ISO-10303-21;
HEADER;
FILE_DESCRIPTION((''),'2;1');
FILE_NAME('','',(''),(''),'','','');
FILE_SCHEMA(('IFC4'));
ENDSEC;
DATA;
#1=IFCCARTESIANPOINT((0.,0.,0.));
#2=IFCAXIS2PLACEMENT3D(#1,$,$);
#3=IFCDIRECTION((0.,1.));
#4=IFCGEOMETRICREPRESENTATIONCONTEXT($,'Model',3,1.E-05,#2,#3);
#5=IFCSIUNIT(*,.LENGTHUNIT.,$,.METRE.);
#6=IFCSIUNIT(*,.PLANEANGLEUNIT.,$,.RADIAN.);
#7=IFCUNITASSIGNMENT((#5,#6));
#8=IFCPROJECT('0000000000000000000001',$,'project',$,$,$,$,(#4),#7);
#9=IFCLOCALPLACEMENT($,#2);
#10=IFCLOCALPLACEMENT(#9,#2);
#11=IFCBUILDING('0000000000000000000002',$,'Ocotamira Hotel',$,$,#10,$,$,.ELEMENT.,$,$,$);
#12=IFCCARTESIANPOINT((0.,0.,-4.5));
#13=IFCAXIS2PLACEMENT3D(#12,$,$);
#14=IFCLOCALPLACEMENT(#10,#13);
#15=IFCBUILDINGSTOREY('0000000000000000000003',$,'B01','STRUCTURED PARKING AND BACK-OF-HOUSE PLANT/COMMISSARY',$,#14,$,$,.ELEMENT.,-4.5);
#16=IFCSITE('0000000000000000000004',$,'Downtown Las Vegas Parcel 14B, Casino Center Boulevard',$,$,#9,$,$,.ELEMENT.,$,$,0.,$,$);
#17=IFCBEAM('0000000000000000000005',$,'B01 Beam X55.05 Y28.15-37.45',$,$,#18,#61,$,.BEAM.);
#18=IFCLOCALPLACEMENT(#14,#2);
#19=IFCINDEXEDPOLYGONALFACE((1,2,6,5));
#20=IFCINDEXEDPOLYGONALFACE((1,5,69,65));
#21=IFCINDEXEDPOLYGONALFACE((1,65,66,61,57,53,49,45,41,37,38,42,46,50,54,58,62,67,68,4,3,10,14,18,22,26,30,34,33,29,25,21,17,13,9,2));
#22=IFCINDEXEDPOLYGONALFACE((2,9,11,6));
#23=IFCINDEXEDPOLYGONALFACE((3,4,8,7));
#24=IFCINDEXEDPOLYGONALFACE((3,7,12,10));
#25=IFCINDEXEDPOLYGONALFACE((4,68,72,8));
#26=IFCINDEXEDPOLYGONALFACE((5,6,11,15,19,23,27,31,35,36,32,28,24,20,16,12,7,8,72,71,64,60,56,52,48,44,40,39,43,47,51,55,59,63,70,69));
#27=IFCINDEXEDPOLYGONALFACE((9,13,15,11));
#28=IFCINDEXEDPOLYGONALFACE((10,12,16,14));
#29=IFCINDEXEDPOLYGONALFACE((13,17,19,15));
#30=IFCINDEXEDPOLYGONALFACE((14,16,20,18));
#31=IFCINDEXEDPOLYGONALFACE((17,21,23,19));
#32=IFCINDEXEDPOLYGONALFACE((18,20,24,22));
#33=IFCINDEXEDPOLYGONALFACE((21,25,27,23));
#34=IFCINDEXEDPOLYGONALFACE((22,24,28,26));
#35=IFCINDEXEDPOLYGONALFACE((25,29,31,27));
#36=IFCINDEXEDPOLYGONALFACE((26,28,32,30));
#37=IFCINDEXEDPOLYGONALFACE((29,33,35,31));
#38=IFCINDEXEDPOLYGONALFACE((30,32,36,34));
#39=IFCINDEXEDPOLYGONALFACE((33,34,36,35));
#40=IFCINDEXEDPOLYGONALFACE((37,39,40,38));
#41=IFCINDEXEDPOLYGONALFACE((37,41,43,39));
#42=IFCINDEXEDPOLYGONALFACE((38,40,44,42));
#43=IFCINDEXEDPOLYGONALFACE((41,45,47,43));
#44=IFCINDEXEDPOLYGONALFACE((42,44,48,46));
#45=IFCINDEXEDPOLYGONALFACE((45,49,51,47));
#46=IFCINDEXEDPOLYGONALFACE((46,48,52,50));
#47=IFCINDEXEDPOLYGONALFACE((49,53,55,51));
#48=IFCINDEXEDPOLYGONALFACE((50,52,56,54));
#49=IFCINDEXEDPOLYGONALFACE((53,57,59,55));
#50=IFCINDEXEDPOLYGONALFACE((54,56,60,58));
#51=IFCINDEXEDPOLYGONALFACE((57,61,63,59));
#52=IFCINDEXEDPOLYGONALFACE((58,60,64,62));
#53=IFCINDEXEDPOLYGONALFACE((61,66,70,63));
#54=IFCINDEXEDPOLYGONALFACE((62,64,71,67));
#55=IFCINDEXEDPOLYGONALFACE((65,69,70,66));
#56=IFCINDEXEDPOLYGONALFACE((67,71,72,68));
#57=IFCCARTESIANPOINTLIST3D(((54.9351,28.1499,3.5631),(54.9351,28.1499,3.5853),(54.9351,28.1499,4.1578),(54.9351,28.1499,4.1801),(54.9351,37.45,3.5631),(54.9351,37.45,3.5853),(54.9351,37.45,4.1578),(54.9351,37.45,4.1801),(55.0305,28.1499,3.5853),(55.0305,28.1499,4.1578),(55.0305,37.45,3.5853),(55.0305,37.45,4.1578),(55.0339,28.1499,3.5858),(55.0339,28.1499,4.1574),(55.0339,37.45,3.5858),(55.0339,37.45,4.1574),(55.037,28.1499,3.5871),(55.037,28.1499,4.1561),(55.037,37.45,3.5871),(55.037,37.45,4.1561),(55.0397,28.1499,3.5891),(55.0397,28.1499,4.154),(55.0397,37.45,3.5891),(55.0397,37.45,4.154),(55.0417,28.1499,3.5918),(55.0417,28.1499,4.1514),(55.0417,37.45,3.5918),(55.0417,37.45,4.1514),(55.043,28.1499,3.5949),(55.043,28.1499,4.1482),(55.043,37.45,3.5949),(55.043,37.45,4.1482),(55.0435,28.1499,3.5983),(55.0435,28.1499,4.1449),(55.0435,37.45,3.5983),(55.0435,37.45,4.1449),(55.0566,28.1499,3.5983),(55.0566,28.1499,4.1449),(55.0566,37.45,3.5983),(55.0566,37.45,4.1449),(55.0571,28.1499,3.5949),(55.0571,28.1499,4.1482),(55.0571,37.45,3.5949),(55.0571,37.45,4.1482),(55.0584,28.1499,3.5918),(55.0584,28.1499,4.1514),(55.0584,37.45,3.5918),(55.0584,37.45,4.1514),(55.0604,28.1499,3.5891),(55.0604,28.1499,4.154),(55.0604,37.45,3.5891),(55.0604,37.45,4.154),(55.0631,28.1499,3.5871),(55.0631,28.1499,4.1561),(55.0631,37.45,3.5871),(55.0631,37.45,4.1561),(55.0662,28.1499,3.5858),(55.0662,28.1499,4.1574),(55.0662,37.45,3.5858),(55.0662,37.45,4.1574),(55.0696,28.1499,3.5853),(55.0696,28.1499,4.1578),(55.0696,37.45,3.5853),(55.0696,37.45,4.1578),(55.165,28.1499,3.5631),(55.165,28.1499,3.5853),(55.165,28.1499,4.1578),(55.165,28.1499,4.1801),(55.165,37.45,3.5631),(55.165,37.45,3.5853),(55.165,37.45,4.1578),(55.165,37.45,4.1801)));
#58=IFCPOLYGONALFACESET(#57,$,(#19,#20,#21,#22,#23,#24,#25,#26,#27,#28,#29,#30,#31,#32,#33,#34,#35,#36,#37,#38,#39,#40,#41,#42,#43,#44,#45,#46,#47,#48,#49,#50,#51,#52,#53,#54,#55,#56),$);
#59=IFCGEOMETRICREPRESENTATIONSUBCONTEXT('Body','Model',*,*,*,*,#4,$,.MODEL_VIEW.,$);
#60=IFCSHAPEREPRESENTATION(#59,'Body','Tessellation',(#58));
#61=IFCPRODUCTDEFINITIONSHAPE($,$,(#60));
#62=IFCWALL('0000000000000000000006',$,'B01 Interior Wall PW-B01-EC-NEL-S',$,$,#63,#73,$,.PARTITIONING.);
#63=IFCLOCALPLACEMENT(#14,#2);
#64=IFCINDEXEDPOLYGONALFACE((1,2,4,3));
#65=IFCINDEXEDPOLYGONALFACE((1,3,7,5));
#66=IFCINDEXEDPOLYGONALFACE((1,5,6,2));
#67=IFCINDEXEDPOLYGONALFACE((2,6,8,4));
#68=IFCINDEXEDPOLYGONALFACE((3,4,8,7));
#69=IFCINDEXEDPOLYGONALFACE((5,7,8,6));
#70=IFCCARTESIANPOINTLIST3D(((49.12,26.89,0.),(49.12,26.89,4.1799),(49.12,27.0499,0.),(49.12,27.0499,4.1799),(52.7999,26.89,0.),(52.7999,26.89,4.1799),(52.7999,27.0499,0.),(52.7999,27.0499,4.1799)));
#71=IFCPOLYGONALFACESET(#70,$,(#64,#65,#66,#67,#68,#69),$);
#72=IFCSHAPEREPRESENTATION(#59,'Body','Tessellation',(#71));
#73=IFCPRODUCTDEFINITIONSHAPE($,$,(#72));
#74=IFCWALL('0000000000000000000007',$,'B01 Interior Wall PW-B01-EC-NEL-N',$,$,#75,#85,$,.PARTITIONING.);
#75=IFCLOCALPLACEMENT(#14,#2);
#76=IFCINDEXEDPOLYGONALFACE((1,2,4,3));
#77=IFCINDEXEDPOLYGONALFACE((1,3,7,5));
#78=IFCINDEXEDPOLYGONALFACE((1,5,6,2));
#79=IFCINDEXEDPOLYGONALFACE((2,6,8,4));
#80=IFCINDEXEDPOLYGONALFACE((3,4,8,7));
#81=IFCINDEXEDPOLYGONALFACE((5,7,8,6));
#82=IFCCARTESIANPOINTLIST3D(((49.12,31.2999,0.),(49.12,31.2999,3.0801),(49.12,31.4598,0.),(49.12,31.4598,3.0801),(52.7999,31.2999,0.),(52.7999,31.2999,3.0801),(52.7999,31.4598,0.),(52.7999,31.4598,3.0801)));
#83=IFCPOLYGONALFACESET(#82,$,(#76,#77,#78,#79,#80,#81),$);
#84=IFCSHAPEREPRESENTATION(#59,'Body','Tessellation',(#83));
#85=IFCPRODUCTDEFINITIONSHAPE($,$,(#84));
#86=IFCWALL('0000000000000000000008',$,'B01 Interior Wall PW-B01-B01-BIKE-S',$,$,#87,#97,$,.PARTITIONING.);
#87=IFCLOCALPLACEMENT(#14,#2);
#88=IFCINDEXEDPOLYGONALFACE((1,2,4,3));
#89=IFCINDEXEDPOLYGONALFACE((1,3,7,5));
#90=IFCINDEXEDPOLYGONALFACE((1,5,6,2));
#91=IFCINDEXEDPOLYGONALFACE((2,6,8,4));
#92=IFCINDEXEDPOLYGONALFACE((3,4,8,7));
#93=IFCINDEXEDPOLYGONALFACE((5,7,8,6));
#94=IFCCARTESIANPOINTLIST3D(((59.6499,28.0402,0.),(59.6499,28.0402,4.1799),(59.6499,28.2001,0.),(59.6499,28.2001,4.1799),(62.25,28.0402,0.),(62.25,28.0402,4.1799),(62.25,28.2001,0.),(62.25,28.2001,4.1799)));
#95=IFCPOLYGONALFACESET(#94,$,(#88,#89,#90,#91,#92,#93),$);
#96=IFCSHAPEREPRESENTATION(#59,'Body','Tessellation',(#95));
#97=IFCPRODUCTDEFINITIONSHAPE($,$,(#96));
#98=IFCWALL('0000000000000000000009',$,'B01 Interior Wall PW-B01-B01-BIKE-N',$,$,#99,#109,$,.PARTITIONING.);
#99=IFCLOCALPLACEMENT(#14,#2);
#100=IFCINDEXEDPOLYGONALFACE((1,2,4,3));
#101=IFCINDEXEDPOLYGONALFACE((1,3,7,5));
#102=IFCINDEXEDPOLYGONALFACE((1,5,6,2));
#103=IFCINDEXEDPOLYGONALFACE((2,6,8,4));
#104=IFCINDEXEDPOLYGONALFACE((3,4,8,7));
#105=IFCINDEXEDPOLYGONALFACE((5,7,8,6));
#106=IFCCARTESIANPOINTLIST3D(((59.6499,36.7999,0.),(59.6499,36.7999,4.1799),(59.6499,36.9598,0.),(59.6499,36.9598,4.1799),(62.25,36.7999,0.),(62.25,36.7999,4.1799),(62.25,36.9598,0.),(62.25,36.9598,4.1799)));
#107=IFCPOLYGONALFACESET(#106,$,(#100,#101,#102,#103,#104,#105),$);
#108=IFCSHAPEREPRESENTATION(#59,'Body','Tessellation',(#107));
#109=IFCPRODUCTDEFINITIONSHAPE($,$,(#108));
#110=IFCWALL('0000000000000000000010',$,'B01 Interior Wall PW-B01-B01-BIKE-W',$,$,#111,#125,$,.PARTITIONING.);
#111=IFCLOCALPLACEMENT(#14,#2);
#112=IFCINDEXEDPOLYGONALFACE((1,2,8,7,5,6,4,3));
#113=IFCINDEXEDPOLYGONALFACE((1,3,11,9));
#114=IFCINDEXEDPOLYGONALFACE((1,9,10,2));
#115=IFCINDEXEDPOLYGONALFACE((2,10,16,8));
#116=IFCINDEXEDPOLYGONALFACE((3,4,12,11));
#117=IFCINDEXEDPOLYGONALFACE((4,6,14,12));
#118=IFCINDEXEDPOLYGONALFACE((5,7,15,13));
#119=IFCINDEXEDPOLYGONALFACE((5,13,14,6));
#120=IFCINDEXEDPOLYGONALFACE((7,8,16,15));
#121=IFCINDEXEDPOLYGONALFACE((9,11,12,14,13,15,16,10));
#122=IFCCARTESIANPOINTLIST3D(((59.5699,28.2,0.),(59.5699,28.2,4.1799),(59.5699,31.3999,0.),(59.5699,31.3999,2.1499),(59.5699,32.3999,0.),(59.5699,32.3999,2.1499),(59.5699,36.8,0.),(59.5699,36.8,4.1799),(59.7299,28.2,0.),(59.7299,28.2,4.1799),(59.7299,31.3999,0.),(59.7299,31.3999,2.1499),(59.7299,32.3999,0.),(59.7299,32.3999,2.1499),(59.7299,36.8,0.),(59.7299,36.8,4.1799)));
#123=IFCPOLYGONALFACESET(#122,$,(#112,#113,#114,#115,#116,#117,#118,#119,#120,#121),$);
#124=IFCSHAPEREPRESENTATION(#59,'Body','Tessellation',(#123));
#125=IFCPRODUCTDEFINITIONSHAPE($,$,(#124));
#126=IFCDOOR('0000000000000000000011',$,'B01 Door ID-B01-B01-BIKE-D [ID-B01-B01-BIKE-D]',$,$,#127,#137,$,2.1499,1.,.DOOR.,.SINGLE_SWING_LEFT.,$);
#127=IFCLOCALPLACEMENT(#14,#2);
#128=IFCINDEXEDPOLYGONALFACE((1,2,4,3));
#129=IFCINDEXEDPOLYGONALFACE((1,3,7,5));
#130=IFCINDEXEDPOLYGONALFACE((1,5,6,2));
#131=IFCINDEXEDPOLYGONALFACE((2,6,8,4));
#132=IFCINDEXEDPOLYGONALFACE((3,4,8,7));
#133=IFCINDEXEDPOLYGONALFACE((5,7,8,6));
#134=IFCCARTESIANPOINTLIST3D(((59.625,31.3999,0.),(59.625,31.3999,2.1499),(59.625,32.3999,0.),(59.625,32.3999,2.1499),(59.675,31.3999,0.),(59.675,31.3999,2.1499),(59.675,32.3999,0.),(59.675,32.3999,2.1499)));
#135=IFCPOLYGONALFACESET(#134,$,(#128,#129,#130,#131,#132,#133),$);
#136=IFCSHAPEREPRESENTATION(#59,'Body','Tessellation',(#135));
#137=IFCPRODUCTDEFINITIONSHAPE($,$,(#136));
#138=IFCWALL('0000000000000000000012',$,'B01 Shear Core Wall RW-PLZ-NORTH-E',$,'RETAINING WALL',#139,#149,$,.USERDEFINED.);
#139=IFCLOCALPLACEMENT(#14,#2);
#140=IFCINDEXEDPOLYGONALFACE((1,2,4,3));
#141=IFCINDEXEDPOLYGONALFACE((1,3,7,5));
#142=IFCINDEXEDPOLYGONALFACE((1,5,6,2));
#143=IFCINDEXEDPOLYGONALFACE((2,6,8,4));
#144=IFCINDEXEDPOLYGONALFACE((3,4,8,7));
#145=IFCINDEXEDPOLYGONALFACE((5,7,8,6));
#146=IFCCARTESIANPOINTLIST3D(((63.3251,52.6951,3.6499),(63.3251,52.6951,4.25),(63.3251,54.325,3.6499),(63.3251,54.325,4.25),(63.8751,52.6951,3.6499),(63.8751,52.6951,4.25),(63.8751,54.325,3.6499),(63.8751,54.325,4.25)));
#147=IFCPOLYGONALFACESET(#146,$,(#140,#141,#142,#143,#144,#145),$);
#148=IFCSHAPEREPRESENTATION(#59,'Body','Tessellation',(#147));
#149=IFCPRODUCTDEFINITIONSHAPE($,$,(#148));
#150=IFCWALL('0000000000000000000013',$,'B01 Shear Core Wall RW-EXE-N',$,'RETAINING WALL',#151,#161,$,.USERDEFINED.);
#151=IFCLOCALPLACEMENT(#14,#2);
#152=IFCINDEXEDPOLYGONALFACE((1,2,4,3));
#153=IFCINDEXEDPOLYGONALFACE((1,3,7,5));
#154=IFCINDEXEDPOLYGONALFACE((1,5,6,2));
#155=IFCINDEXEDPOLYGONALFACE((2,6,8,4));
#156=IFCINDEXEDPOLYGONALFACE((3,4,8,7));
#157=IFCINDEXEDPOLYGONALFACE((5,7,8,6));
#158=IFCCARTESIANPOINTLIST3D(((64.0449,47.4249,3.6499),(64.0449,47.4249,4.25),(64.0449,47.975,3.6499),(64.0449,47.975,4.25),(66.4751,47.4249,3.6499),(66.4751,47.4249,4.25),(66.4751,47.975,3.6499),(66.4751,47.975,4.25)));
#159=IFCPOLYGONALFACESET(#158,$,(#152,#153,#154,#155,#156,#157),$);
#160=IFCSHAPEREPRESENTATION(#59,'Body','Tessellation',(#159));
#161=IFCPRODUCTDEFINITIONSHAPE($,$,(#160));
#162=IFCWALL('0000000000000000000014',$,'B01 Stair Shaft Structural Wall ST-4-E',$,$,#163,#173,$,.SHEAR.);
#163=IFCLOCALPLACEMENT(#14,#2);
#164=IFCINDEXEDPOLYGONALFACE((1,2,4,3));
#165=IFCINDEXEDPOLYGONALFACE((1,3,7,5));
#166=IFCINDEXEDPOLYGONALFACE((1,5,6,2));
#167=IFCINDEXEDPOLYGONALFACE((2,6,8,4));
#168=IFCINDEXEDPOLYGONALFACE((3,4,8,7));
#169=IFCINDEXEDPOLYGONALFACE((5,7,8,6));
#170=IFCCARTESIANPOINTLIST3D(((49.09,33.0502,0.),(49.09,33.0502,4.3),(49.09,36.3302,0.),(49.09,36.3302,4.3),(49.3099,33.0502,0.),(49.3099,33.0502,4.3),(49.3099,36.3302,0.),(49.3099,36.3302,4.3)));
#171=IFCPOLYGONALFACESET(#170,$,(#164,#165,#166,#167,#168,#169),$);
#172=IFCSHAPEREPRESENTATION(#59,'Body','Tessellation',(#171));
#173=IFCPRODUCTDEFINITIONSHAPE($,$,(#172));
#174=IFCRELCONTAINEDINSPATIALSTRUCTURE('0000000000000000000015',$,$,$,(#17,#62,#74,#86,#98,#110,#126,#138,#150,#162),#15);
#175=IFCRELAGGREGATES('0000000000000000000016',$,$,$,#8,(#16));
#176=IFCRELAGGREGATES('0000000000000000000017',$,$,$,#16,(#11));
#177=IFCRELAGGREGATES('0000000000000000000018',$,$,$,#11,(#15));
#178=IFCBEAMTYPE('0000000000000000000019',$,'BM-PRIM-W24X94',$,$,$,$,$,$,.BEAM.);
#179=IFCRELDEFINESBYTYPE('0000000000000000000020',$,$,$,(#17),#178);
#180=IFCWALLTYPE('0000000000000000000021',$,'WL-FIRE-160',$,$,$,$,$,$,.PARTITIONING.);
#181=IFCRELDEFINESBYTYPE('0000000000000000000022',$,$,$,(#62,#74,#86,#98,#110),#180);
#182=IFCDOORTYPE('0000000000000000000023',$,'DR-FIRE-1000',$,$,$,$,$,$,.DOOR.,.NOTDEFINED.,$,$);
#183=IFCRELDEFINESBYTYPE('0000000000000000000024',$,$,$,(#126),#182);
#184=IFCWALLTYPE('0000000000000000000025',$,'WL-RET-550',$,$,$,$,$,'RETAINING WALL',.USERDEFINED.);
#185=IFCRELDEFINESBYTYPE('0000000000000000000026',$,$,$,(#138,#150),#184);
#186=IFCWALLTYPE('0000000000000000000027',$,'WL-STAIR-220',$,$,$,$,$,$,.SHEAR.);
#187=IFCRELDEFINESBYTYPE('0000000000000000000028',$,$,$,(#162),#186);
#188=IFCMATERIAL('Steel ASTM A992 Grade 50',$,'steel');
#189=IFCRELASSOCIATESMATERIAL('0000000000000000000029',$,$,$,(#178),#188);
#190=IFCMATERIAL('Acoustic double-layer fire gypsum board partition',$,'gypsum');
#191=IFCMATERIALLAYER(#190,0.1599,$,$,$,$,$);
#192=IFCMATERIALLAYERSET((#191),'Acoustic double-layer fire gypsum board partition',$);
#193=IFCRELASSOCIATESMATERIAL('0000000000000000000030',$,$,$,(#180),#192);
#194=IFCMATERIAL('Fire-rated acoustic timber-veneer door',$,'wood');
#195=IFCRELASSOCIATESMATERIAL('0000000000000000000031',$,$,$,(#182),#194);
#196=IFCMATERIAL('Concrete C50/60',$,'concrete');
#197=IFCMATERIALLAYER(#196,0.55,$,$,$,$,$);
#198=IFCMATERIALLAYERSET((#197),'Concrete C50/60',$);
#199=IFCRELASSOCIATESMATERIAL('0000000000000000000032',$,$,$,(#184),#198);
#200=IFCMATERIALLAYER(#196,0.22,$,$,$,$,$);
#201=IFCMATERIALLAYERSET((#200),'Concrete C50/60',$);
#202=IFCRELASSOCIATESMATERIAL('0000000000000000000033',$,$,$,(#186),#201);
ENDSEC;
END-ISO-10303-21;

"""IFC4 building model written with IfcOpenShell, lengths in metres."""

from ifc_helpers import new_model, si_unit, direction, frame, frame_2d, origin, origin_2d, place, context, subcontext, project, spatial, rectangle, i_section, extrude, source, transform, mapped, material, layer, layer_set, material_profile, profile_set, type_object, element, fill, save


model = new_model("IFC4")

# Units and contexts
model_context = context("Model", 3, precision=1e-05, world=origin(), true_north=direction((0.0, 1.0)))
body_context = subcontext(model_context, "Body", "Model", "MODEL_VIEW")
ifc_project = project(units=[si_unit("LENGTHUNIT", "METRE"), si_unit("PLANEANGLEUNIT", "RADIAN")], contexts=[model_context])

# Site, building, storey
site_placement = place(None, origin())
site = spatial("IfcSite", under=ifc_project, at=site_placement, Name="Downtown Las Vegas Parcel 14B, Casino Center Boulevard", CompositionType="ELEMENT", RefElevation=0.0)
building_placement = place(site_placement, origin())
building = spatial("IfcBuilding", under=site, at=building_placement, Name="Ocotamira Hotel", CompositionType="ELEMENT")
storey_placement = place(building_placement, frame((0.0, 0.0, -4.5)))
storey = spatial("IfcBuildingStorey", under=building, at=storey_placement, Name="B01", Description="STRUCTURED PARKING AND BACK-OF-HOUSE PLANT/COMMISSARY", CompositionType="ELEMENT", Elevation=-4.5)

# Shared definitions
ifc_material_1 = material(Name="Concrete C50/60", Category="concrete")

# Beam
ifc_material_2 = material(Name="Steel ASTM A992 Grade 50", Category="steel")
ifc_material_profile_1 = material_profile(ifc_material_2, i_section(OverallWidth=0.23, OverallDepth=0.6169, WebThickness=0.0132, FlangeThickness=0.0222, FilletRadius=0.0129, at=origin_2d()), Name="W24X94")
ifc_profile_set_1 = profile_set([ifc_material_profile_1], Name="Steel ASTM A992 Grade 50")
beam_type_1 = type_object("IfcBeamType", Name="BM-PRIM-W24X94", PredefinedType="BEAM", material=ifc_profile_set_1)
shared_shape_1 = source(origin(), body_context, "Body", "SweptSolid", [
    extrude(i_section(OverallWidth=0.23, OverallDepth=0.6169, WebThickness=0.0132, FlangeThickness=0.0222, FilletRadius=0.0129, at=origin_2d()), origin(), (0.0, 0.0, 1.0), 9.3),
])
beam_1_placement = place(storey_placement, frame((55.05, 28.1499, 3.8716), z_axis=(0.0, 1.0, 0.0), x_axis=(-1.0, 0.0, 0.0)))
element("IfcBeam", 1, at=beam_1_placement, inside=storey, type_object=beam_type_1, Name="B01 Beam X55.05 Y28.15-37.45", PredefinedType="BEAM", context=body_context, shape_type="MappedRepresentation", body=[
    mapped(shared_shape_1, transform((0.0, 0.0, 0.0), scale=1.0)),
])

# Walls
ifc_material_3 = material(Name="Acoustic double-layer fire gypsum board partition", Category="gypsum")
ifc_layer_1 = layer(ifc_material_3, 0.1599)
ifc_layer_set_1 = layer_set([ifc_layer_1], Name="Acoustic double-layer fire gypsum board partition")
wall_type_1 = type_object("IfcWallType", Name="WL-FIRE-160", PredefinedType="PARTITIONING", material=ifc_layer_set_1)
wall_1_placement = place(storey_placement, frame((49.1201, 26.97, 0.0), z_axis=(0.0, 0.0, 1.0), x_axis=(1.0, 0.0, 0.0)))
element("IfcWall", 2, at=wall_1_placement, inside=storey, type_object=wall_type_1, Name="B01 Interior Wall PW-B01-EC-NEL-S", PredefinedType="PARTITIONING", context=body_context, shape_type="SweptSolid", body=[
    extrude(rectangle(XDim=3.6799, YDim=0.1599, at=frame_2d((1.8398, 0.0))), origin(), (0.0, 0.0, 1.0), 4.1799),
])
wall_2_placement = place(storey_placement, frame((49.1201, 31.3799, 0.0), z_axis=(0.0, 0.0, 1.0), x_axis=(1.0, 0.0, 0.0)))
element("IfcWall", 3, at=wall_2_placement, inside=storey, type_object=wall_type_1, Name="B01 Interior Wall PW-B01-EC-NEL-N", PredefinedType="PARTITIONING", context=body_context, shape_type="SweptSolid", body=[
    extrude(rectangle(XDim=3.6799, YDim=0.1599, at=frame_2d((1.8398, 0.0))), origin(), (0.0, 0.0, 1.0), 3.0801),
])

# Walls
for number, where, z_axis, x_axis, name in (
    (4, (59.6499, 28.1201, 0.0), (0.0, 0.0, 1.0), (1.0, 0.0, 0.0), "B01 Interior Wall PW-B01-B01-BIKE-S"),
    (5, (59.6499, 36.8799, 0.0), (0.0, 0.0, 1.0), (1.0, 0.0, 0.0), "B01 Interior Wall PW-B01-B01-BIKE-N"),
):
    element("IfcWall", number, at=place(storey_placement, frame(where, z_axis=z_axis, x_axis=x_axis)), inside=storey, type_object=wall_type_1, Name=name, PredefinedType="PARTITIONING", context=body_context, shape_type="SweptSolid", body=[
        extrude(rectangle(XDim=2.6001, YDim=0.1599, at=frame_2d((1.3, 0.0))), origin(), (0.0, 0.0, 1.0), 4.1799),
    ])

# Wall, opening, door
wall_3_placement = place(storey_placement, frame((59.6499, 28.2, 0.0), z_axis=(0.0, 0.0, 1.0), x_axis=(0.0, 1.0, 0.0)))
wall_3 = element("IfcWall", 6, at=wall_3_placement, inside=storey, type_object=wall_type_1, Name="B01 Interior Wall PW-B01-B01-BIKE-W", PredefinedType="PARTITIONING", context=body_context, shape_type="SweptSolid", body=[
    extrude(rectangle(XDim=8.6001, YDim=0.1599, at=frame_2d((4.3, 0.0))), origin(), (0.0, 0.0, 1.0), 4.1799),
])
opening_1_placement = place(wall_3_placement, frame((3.2, 0.0, 0.0)))
opening_1 = element("IfcOpeningElement", 7, at=opening_1_placement, cuts=wall_3, PredefinedType="OPENING", context=body_context, shape_type="SweptSolid", body=[
    extrude(rectangle(XDim=1.0, YDim=2.1499, at=frame_2d((0.5, 1.075))), frame((0.0, 0.0898, 0.0), z_axis=(0.0, -1.0, 0.0), x_axis=(1.0, 0.0, 0.0)), (0.0, 0.0, 1.0), 0.1799),
])
ifc_material_4 = material(Name="Fire-rated acoustic timber-veneer door", Category="wood")
door_type_1 = type_object("IfcDoorType", Name="DR-FIRE-1000", OperationType="NOTDEFINED", PredefinedType="DOOR", material=ifc_material_4)
shared_shape_2 = source(origin(), body_context, "Body", "SweptSolid", [
    extrude(rectangle(XDim=1.0, YDim=2.1499, at=frame_2d((0.5, 1.075))), frame((0.0, 0.0249, 0.0), z_axis=(0.0, -1.0, 0.0), x_axis=(1.0, 0.0, 0.0)), (0.0, 0.0, 1.0), 0.05),
])
door_1_placement = place(opening_1_placement, origin())
door_1 = element("IfcDoor", 8, at=door_1_placement, inside=storey, type_object=door_type_1, Name="B01 Door ID-B01-B01-BIKE-D [ID-B01-B01-BIKE-D]", OperationType="SINGLE_SWING_LEFT", OverallHeight=2.1499, OverallWidth=1.0, PredefinedType="DOOR", context=body_context, shape_type="MappedRepresentation", body=[
    mapped(shared_shape_2, transform((0.0, 0.0, 0.0), scale=1.0)),
])
fill(opening_1, door_1)

# Walls
ifc_layer_2 = layer(ifc_material_1, 0.55)
ifc_layer_set_2 = layer_set([ifc_layer_2], Name="Concrete C50/60")
wall_type_2 = type_object("IfcWallType", Name="WL-RET-550", ElementType="RETAINING WALL", PredefinedType="USERDEFINED", material=ifc_layer_set_2)
wall_4_placement = place(storey_placement, frame((63.6001, 52.6951, 3.6499), z_axis=(0.0, 0.0, 1.0), x_axis=(0.0, 1.0, 0.0)))
element("IfcWall", 9, at=wall_4_placement, inside=storey, type_object=wall_type_2, Name="B01 Shear Core Wall RW-PLZ-NORTH-E", ObjectType="RETAINING WALL", PredefinedType="USERDEFINED", context=body_context, shape_type="SweptSolid", body=[
    extrude(rectangle(XDim=1.6299, YDim=0.55, at=frame_2d((0.8149, 0.0))), origin(), (0.0, 0.0, 1.0), 0.6001),
])
wall_5_placement = place(storey_placement, frame((64.0449, 47.7, 3.6499), z_axis=(0.0, 0.0, 1.0), x_axis=(1.0, 0.0, 0.0)))
element("IfcWall", 10, at=wall_5_placement, inside=storey, type_object=wall_type_2, Name="B01 Shear Core Wall RW-EXE-N", ObjectType="RETAINING WALL", PredefinedType="USERDEFINED", context=body_context, shape_type="SweptSolid", body=[
    extrude(rectangle(XDim=2.4302, YDim=0.55, at=frame_2d((1.2151, 0.0))), origin(), (0.0, 0.0, 1.0), 0.6001),
])
ifc_layer_3 = layer(ifc_material_1, 0.22)
ifc_layer_set_3 = layer_set([ifc_layer_3], Name="Concrete C50/60")
wall_type_3 = type_object("IfcWallType", Name="WL-STAIR-220", PredefinedType="SHEAR", material=ifc_layer_set_3)
wall_6_placement = place(storey_placement, frame((49.2, 33.05, 0.0), z_axis=(0.0, 0.0, 1.0), x_axis=(0.0, 1.0, 0.0)))
element("IfcWall", 11, at=wall_6_placement, inside=storey, type_object=wall_type_3, Name="B01 Stair Shaft Structural Wall ST-4-E", PredefinedType="SHEAR", context=body_context, shape_type="SweptSolid", body=[
    extrude(rectangle(XDim=3.28, YDim=0.22, at=frame_2d((1.6401, 0.0))), origin(), (0.0, 0.0, 1.0), 4.3),
])

save(model, "model.ifc")
